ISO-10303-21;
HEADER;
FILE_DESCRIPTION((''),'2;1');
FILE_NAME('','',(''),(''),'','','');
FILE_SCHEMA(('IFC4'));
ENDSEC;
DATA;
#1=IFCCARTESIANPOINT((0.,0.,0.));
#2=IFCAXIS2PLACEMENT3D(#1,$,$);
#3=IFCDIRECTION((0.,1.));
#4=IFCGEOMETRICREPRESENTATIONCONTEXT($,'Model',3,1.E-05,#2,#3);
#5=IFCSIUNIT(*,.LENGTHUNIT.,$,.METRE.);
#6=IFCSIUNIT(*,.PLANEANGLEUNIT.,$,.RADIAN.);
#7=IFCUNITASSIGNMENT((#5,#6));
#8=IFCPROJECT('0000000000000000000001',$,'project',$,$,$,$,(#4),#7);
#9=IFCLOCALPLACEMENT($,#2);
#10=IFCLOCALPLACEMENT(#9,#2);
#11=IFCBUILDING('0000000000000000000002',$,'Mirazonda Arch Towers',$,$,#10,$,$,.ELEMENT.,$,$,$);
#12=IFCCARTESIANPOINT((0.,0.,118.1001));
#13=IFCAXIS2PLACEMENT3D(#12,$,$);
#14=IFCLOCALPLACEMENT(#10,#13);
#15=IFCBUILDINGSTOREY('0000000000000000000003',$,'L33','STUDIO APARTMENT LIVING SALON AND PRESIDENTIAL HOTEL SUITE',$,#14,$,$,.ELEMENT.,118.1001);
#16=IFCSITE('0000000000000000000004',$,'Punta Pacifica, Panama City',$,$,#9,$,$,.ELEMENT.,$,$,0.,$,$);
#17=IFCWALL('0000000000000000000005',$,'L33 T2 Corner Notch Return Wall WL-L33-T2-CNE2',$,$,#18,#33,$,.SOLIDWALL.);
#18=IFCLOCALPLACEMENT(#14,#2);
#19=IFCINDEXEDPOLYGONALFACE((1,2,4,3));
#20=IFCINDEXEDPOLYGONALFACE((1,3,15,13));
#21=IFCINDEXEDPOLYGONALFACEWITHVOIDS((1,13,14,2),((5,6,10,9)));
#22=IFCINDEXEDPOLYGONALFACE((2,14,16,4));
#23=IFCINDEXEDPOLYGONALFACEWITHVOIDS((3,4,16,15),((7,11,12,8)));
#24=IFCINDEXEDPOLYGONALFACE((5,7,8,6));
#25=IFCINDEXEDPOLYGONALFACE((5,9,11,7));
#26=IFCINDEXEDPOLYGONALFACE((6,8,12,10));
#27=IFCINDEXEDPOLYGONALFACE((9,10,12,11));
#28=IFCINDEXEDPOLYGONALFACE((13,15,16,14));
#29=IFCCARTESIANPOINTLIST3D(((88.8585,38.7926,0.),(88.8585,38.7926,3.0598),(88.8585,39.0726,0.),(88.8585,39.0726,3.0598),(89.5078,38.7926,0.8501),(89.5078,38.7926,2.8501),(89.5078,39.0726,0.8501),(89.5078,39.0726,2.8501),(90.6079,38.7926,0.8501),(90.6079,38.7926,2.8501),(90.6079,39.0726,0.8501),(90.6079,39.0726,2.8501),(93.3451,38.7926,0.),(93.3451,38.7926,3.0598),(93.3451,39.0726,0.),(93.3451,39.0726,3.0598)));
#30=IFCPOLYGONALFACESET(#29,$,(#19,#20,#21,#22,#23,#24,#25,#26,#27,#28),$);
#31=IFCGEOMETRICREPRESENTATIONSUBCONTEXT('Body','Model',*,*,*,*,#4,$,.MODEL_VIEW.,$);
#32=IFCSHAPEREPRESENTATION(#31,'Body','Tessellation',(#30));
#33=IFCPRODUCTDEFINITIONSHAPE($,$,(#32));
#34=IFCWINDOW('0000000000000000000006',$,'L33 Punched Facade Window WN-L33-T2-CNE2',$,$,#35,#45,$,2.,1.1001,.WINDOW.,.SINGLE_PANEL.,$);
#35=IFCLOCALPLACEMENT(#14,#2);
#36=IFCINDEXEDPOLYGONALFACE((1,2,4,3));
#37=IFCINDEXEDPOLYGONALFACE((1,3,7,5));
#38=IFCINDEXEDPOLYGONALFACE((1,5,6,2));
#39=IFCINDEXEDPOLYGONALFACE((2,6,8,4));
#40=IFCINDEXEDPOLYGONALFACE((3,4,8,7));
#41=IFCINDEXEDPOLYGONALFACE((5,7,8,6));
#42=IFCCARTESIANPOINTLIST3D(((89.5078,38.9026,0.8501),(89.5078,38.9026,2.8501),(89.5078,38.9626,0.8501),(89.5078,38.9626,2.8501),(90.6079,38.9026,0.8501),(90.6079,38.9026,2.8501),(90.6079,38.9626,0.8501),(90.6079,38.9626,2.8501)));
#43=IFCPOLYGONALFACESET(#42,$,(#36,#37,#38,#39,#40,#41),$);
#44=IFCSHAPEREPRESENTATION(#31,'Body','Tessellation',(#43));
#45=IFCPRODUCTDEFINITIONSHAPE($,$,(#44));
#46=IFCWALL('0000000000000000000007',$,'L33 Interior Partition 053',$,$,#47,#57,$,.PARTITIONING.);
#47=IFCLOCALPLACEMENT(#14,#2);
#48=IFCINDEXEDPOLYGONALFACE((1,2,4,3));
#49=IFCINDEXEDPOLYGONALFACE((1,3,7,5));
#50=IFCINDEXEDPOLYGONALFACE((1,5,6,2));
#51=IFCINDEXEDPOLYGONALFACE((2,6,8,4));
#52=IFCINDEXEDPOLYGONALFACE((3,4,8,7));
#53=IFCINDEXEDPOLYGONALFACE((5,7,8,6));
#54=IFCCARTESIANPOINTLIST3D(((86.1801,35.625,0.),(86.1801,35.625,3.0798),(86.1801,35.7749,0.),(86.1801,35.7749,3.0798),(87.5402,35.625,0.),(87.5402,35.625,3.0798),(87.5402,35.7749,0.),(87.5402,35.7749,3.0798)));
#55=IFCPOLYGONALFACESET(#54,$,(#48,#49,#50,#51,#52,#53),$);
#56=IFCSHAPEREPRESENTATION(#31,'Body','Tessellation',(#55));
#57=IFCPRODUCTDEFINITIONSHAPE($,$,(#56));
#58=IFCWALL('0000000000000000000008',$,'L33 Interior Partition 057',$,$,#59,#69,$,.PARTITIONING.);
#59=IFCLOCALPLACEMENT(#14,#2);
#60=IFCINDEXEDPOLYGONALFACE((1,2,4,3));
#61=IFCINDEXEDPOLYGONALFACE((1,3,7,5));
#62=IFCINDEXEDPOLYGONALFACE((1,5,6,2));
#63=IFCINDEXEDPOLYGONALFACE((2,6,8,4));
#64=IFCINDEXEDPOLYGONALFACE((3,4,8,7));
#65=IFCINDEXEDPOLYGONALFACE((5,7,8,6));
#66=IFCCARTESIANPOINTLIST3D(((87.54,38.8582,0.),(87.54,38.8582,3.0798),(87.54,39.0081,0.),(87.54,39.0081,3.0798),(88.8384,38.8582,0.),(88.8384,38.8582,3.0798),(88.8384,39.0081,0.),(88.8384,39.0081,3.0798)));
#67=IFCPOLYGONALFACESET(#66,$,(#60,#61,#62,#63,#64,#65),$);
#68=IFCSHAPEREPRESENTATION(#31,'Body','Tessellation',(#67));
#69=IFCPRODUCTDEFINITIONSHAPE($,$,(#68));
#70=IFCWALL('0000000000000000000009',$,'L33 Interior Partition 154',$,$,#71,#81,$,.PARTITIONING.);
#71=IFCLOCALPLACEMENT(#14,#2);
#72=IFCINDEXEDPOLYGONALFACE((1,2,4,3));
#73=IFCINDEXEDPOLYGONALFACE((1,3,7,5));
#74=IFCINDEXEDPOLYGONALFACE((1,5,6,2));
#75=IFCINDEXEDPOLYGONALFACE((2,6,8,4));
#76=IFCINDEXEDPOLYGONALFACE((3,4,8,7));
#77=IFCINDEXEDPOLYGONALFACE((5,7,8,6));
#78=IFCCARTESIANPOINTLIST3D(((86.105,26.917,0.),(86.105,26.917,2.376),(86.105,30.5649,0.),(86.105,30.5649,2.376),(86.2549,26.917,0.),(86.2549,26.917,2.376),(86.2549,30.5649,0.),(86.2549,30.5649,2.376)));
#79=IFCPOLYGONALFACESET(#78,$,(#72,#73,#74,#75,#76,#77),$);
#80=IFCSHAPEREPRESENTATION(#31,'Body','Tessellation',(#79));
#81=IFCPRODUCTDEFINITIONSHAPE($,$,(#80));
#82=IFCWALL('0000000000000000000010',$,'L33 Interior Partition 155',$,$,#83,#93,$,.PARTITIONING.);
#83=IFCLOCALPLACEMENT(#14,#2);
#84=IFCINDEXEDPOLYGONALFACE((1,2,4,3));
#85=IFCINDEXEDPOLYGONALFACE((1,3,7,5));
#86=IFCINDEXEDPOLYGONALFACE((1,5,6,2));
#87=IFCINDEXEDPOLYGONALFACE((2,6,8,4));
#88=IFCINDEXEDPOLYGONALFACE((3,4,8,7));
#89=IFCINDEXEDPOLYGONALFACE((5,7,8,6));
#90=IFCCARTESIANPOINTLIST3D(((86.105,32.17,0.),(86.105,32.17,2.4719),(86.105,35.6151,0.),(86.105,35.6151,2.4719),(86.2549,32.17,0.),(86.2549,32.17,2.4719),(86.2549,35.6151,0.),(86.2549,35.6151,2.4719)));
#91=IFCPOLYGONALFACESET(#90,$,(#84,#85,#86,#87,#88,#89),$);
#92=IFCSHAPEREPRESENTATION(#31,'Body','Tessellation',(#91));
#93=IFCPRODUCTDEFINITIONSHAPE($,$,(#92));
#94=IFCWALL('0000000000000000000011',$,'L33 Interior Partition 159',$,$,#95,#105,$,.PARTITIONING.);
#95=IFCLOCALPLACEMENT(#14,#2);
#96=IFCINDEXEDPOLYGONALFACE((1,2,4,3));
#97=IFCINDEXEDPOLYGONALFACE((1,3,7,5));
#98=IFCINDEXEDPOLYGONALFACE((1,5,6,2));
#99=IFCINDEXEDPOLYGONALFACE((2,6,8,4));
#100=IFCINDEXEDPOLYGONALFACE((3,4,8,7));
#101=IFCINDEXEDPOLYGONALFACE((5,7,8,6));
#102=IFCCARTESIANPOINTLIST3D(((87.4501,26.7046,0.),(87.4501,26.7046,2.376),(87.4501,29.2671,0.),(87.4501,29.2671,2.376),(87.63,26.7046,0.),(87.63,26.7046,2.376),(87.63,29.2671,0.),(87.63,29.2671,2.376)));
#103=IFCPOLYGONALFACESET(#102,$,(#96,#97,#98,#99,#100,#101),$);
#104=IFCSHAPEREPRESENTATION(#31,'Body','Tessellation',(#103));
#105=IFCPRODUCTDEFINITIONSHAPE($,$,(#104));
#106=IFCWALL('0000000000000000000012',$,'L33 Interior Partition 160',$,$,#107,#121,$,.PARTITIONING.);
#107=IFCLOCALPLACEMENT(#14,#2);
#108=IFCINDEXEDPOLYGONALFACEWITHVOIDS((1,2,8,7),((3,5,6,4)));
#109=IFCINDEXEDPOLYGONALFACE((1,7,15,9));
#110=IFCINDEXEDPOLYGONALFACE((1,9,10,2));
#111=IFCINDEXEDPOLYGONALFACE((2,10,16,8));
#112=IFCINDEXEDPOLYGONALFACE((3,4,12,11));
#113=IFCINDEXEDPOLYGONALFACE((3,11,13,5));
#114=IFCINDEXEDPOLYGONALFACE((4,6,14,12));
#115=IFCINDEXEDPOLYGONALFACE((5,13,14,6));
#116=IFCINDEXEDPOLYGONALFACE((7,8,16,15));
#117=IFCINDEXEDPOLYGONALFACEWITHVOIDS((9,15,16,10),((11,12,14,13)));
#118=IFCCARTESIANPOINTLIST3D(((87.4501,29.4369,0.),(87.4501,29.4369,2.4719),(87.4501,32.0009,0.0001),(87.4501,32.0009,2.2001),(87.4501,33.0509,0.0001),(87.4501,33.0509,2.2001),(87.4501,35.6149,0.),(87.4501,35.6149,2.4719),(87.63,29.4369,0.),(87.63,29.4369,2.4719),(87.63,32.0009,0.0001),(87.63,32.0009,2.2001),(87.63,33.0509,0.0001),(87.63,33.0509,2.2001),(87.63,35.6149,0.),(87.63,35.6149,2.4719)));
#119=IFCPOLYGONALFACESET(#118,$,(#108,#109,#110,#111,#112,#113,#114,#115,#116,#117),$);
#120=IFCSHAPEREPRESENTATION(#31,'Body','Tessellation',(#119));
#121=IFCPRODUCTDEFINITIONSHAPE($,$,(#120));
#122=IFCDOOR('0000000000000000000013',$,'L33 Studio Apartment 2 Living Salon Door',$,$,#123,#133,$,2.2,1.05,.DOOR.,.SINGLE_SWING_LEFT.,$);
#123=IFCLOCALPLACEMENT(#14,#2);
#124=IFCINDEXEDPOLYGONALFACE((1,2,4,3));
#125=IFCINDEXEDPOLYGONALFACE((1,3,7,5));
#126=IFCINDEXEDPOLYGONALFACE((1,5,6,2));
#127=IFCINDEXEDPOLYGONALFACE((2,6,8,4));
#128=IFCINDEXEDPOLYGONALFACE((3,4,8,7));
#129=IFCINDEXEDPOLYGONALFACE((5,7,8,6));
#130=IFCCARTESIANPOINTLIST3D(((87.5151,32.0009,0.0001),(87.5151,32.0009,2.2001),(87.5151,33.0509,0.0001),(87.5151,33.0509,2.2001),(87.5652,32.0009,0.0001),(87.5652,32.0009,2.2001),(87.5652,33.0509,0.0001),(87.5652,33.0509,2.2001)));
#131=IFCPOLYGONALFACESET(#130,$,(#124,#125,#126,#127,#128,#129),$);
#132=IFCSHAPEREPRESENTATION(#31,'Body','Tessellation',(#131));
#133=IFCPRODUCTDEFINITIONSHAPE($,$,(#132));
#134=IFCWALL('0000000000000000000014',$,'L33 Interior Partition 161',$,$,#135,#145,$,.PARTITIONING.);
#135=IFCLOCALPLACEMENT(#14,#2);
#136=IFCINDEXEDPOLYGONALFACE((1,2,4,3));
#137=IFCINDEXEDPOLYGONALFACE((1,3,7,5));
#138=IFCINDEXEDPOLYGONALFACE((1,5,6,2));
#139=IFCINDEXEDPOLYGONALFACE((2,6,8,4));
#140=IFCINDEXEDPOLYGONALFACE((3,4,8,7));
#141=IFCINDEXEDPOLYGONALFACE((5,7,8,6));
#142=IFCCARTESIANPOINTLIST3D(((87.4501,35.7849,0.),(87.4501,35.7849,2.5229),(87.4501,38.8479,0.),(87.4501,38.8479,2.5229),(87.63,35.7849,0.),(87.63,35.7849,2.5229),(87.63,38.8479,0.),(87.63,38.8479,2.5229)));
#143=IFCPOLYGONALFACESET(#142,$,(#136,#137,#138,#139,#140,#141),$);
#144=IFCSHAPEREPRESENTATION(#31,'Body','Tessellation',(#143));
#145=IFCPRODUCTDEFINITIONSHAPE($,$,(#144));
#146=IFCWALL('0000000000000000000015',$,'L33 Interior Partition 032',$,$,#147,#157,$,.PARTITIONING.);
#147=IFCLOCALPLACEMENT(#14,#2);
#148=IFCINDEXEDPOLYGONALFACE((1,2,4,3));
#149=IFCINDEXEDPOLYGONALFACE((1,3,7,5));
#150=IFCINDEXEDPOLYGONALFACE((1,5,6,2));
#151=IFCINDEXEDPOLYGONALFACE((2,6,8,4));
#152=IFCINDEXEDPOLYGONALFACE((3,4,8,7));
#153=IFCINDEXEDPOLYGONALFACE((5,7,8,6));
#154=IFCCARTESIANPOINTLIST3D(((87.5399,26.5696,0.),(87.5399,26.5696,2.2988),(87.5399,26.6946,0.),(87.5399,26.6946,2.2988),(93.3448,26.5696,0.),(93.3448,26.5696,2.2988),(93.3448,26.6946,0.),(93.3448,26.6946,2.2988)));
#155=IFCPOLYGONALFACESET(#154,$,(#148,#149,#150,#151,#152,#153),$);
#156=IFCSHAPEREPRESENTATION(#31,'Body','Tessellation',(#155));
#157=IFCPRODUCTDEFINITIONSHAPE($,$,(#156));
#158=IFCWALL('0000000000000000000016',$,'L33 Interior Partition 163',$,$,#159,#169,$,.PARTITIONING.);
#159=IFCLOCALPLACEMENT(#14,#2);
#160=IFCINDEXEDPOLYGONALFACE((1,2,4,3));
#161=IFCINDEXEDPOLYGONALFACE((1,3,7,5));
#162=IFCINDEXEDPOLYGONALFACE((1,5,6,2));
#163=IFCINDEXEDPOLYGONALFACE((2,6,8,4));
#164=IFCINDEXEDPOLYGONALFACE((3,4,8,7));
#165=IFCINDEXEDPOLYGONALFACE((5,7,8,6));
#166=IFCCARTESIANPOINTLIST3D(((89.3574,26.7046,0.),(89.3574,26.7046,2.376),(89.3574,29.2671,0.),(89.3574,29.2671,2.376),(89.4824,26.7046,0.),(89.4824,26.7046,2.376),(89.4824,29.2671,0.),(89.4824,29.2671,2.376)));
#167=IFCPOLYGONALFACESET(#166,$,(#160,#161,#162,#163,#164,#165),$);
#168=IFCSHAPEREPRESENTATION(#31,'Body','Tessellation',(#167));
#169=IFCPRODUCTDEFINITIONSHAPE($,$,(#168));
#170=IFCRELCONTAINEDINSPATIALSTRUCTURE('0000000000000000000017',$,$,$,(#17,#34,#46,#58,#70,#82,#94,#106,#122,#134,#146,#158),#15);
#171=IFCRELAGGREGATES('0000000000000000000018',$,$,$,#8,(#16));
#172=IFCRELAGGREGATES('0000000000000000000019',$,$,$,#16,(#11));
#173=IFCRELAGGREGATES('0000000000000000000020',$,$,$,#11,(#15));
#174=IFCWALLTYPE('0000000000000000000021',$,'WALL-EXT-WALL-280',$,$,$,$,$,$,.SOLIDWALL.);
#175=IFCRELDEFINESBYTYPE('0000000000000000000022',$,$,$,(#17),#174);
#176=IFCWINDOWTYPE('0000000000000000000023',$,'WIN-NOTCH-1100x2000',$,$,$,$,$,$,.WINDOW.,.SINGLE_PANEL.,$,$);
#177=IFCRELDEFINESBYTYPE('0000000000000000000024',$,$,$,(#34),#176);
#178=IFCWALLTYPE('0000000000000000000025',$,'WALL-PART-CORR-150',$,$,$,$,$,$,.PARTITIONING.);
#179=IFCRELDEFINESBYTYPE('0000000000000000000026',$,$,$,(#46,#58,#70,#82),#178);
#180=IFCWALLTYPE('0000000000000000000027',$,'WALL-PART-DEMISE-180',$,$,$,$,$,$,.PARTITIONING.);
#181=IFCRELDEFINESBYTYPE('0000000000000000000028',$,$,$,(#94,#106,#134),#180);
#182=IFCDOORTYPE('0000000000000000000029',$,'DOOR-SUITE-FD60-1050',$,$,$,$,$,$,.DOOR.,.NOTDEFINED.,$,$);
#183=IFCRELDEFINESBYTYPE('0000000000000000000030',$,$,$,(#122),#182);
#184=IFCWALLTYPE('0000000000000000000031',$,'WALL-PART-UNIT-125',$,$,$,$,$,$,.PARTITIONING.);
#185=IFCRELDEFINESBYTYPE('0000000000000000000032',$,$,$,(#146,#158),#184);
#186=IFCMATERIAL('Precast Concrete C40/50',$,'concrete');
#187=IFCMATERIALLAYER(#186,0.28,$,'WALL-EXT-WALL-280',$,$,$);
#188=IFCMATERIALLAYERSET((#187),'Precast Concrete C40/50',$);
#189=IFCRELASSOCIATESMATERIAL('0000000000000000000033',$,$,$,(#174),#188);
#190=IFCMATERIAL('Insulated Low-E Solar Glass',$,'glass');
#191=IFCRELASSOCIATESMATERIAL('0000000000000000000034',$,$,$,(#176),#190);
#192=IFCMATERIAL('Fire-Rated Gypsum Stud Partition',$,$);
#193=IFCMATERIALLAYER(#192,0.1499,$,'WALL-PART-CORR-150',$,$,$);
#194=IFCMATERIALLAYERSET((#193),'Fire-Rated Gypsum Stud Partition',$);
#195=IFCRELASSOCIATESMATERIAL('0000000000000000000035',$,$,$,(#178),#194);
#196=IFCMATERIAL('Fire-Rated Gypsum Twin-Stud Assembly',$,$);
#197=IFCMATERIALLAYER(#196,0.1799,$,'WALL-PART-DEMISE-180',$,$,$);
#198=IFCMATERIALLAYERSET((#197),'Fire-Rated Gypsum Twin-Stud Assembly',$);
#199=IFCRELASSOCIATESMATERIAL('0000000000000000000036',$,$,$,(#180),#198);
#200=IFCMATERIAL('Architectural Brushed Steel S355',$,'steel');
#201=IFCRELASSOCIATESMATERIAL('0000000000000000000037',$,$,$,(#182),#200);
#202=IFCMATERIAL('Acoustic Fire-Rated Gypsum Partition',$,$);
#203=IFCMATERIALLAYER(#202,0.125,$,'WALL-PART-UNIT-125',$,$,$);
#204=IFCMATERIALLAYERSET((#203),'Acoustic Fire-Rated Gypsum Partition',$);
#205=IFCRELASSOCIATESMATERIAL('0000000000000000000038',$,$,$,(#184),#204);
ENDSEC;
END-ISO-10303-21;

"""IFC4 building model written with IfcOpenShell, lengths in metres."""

from ifc_helpers import new_model, si_unit, direction, frame, frame_2d, origin, place, context, subcontext, project, spatial, rectangle, extrude, material, layer, layer_set, type_object, element, fill, save


model = new_model("IFC4")

# Units and contexts
model_context = context("Model", 3, precision=1e-05, world=origin(), true_north=direction((0.0, 1.0)))
body_context = subcontext(model_context, "Body", "Model", "MODEL_VIEW")
ifc_project = project(units=[si_unit("LENGTHUNIT", "METRE"), si_unit("PLANEANGLEUNIT", "RADIAN")], contexts=[model_context])

# Site, building, storey
site_placement = place(None, origin())
site = spatial("IfcSite", under=ifc_project, at=site_placement, Name="Punta Pacifica, Panama City", CompositionType="ELEMENT", RefElevation=0.0)
building_placement = place(site_placement, origin())
building = spatial("IfcBuilding", under=site, at=building_placement, Name="Mirazonda Arch Towers", CompositionType="ELEMENT")
storey_placement = place(building_placement, frame((0.0, 0.0, 118.1001)))
storey = spatial("IfcBuildingStorey", under=building, at=storey_placement, Name="L33", Description="STUDIO APARTMENT LIVING SALON AND PRESIDENTIAL HOTEL SUITE", CompositionType="ELEMENT", Elevation=118.1001)

# Shared definitions
ifc_material_1 = material(Name="Insulated Low-E Solar Glass", Category="glass")

# Wall, opening, window
ifc_material_2 = material(Name="Precast Concrete C40/50", Category="concrete")
ifc_layer_1 = layer(ifc_material_2, 0.28, Name="WALL-EXT-WALL-280")
ifc_layer_set_1 = layer_set([ifc_layer_1], Name="Precast Concrete C40/50")
wall_type_1 = type_object("IfcWallType", Name="WALL-EXT-WALL-280", PredefinedType="SOLIDWALL", material=ifc_layer_set_1)
window_type = type_object("IfcWindowType", Name="WIN-NOTCH-1100x2000", PartitioningType="SINGLE_PANEL", PredefinedType="WINDOW", material=ifc_material_1)
wall_1_placement = place(storey_placement, frame((93.345, 38.9326, 0.0), z_axis=(0.0, 0.0, 1.0), x_axis=(-1.0, 0.0, 0.0)))
wall_1 = element("IfcWall", 1, at=wall_1_placement, inside=storey, type_object=wall_type_1, Name="L33 T2 Corner Notch Return Wall WL-L33-T2-CNE2", PredefinedType="SOLIDWALL", context=body_context, shape_type="SweptSolid", body=[
    extrude(rectangle(XDim=4.4866, YDim=0.28, at=frame_2d((2.2432, 0.0))), origin(), (0.0, 0.0, 1.0), 3.0598),
])
opening_1_placement = place(wall_1_placement, frame((2.7371, 0.0, 0.8501)))
opening_1 = element("IfcOpeningElement", 2, at=opening_1_placement, cuts=wall_1, PredefinedType="OPENING", context=body_context, shape_type="SweptSolid", body=[
    extrude(rectangle(XDim=1.1001, YDim=2.0, at=frame_2d((0.55, 1.0))), frame((0.0, 0.1499, 0.0), z_axis=(0.0, -1.0, 0.0), x_axis=(1.0, 0.0, 0.0)), (0.0, 0.0, 1.0), 0.3),
])
window_1_placement = place(opening_1_placement, origin())
window_1 = element("IfcWindow", 3, at=window_1_placement, inside=storey, type_object=window_type, Name="L33 Punched Facade Window WN-L33-T2-CNE2", OverallHeight=2.0, OverallWidth=1.1001, PartitioningType="SINGLE_PANEL", PredefinedType="WINDOW", context=body_context, shape_type="SweptSolid", body=[
    extrude(rectangle(XDim=1.1001, YDim=2.0, at=frame_2d((0.55, 1.0))), frame((0.0, 0.03, 0.0), z_axis=(0.0, -1.0, 0.0), x_axis=(1.0, 0.0, 0.0)), (0.0, 0.0, 1.0), 0.0601),
])
fill(opening_1, window_1)

# Shared definitions
ifc_material_3 = material(Name="Fire-Rated Gypsum Stud Partition")
ifc_layer_2 = layer(ifc_material_3, 0.1499, Name="WALL-PART-CORR-150")
ifc_layer_set_2 = layer_set([ifc_layer_2], Name="Fire-Rated Gypsum Stud Partition")
wall_type_2 = type_object("IfcWallType", Name="WALL-PART-CORR-150", PredefinedType="PARTITIONING", material=ifc_layer_set_2)
ifc_material_4 = material(Name="Architectural Brushed Steel S355", Category="steel")

# Walls
wall_2_placement = place(storey_placement, frame((86.1799, 35.7, 0.0), z_axis=(0.0, 0.0, 1.0), x_axis=(1.0, 0.0, 0.0)))
element("IfcWall", 4, at=wall_2_placement, inside=storey, type_object=wall_type_2, Name="L33 Interior Partition 053", PredefinedType="PARTITIONING", context=body_context, shape_type="SweptSolid", body=[
    extrude(rectangle(XDim=1.3601, YDim=0.1499, at=frame_2d((0.6802, 0.0))), origin(), (0.0, 0.0, 1.0), 3.0798),
])
wall_3_placement = place(storey_placement, frame((87.54, 38.9331, 0.0), z_axis=(0.0, 0.0, 1.0), x_axis=(1.0, 0.0, 0.0)))
element("IfcWall", 5, at=wall_3_placement, inside=storey, type_object=wall_type_2, Name="L33 Interior Partition 057", PredefinedType="PARTITIONING", context=body_context, shape_type="SweptSolid", body=[
    extrude(rectangle(XDim=1.2983, YDim=0.1499, at=frame_2d((0.6492, 0.0))), origin(), (0.0, 0.0, 1.0), 3.0798),
])
wall_4_placement = place(storey_placement, frame((86.1799, 26.917, 0.0), z_axis=(0.0, 0.0, 1.0), x_axis=(0.0, 1.0, 0.0)))
element("IfcWall", 6, at=wall_4_placement, inside=storey, type_object=wall_type_2, Name="L33 Interior Partition 154", PredefinedType="PARTITIONING", context=body_context, shape_type="SweptSolid", body=[
    extrude(rectangle(XDim=3.6479, YDim=0.1499, at=frame_2d((1.824, 0.0))), origin(), (0.0, 0.0, 1.0), 2.376),
])
wall_5_placement = place(storey_placement, frame((86.1799, 32.1699, 0.0), z_axis=(0.0, 0.0, 1.0), x_axis=(0.0, 1.0, 0.0)))
element("IfcWall", 7, at=wall_5_placement, inside=storey, type_object=wall_type_2, Name="L33 Interior Partition 155", PredefinedType="PARTITIONING", context=body_context, shape_type="SweptSolid", body=[
    extrude(rectangle(XDim=3.4451, YDim=0.1499, at=frame_2d((1.7227, 0.0))), origin(), (0.0, 0.0, 1.0), 2.4719),
])
ifc_material_5 = material(Name="Fire-Rated Gypsum Twin-Stud Assembly")
ifc_layer_3 = layer(ifc_material_5, 0.1799, Name="WALL-PART-DEMISE-180")
ifc_layer_set_3 = layer_set([ifc_layer_3], Name="Fire-Rated Gypsum Twin-Stud Assembly")
wall_type_3 = type_object("IfcWallType", Name="WALL-PART-DEMISE-180", PredefinedType="PARTITIONING", material=ifc_layer_set_3)
wall_6_placement = place(storey_placement, frame((87.54, 26.7046, 0.0), z_axis=(0.0, 0.0, 1.0), x_axis=(0.0, 1.0, 0.0)))
element("IfcWall", 8, at=wall_6_placement, inside=storey, type_object=wall_type_3, Name="L33 Interior Partition 159", PredefinedType="PARTITIONING", context=body_context, shape_type="SweptSolid", body=[
    extrude(rectangle(XDim=2.5625, YDim=0.1799, at=frame_2d((1.2812, 0.0))), origin(), (0.0, 0.0, 1.0), 2.376),
])

# Wall, opening, door
wall_7_placement = place(storey_placement, frame((87.54, 29.437, 0.0), z_axis=(0.0, 0.0, 1.0), x_axis=(0.0, 1.0, 0.0)))
wall_7 = element("IfcWall", 9, at=wall_7_placement, inside=storey, type_object=wall_type_3, Name="L33 Interior Partition 160", PredefinedType="PARTITIONING", context=body_context, shape_type="SweptSolid", body=[
    extrude(rectangle(XDim=6.178, YDim=0.1799, at=frame_2d((3.0889, 0.0))), origin(), (0.0, 0.0, 1.0), 2.4719),
])
opening_2_placement = place(wall_7_placement, frame((2.564, 0.0, 0.0)))
opening_2 = element("IfcOpeningElement", 10, at=opening_2_placement, cuts=wall_7, PredefinedType="OPENING", context=body_context, shape_type="SweptSolid", body=[
    extrude(rectangle(XDim=1.05, YDim=2.2, at=frame_2d((0.5249, 1.1001))), frame((0.0, 0.0999, 0.0), z_axis=(0.0, -1.0, 0.0), x_axis=(1.0, 0.0, 0.0)), (0.0, 0.0, 1.0), 0.2),
])
door_type_1 = type_object("IfcDoorType", Name="DOOR-SUITE-FD60-1050", OperationType="NOTDEFINED", PredefinedType="DOOR", material=ifc_material_4)
door_1_placement = place(opening_2_placement, origin())
door_1 = element("IfcDoor", 11, at=door_1_placement, inside=storey, type_object=door_type_1, Name="L33 Studio Apartment 2 Living Salon Door", OperationType="SINGLE_SWING_LEFT", OverallHeight=2.2, OverallWidth=1.05, PredefinedType="DOOR", context=body_context, shape_type="SweptSolid", body=[
    extrude(rectangle(XDim=1.05, YDim=2.2, at=frame_2d((0.5249, 1.1001))), frame((0.0, 0.0249, 0.0), z_axis=(0.0, -1.0, 0.0), x_axis=(1.0, 0.0, 0.0)), (0.0, 0.0, 1.0), 0.05),
])
fill(opening_2, door_1)

# Walls
wall_8_placement = place(storey_placement, frame((87.54, 35.7849, 0.0), z_axis=(0.0, 0.0, 1.0), x_axis=(0.0, 1.0, 0.0)))
element("IfcWall", 12, at=wall_8_placement, inside=storey, type_object=wall_type_3, Name="L33 Interior Partition 161", PredefinedType="PARTITIONING", context=body_context, shape_type="SweptSolid", body=[
    extrude(rectangle(XDim=3.063, YDim=0.1799, at=frame_2d((1.5315, 0.0))), origin(), (0.0, 0.0, 1.0), 2.5229),
])
ifc_material_6 = material(Name="Acoustic Fire-Rated Gypsum Partition")
ifc_layer_4 = layer(ifc_material_6, 0.125, Name="WALL-PART-UNIT-125")
ifc_layer_set_4 = layer_set([ifc_layer_4], Name="Acoustic Fire-Rated Gypsum Partition")
wall_type_4 = type_object("IfcWallType", Name="WALL-PART-UNIT-125", PredefinedType="PARTITIONING", material=ifc_layer_set_4)
wall_9_placement = place(storey_placement, frame((87.54, 26.6321, 0.0), z_axis=(0.0, 0.0, 1.0), x_axis=(1.0, 0.0, 0.0)))
element("IfcWall", 13, at=wall_9_placement, inside=storey, type_object=wall_type_4, Name="L33 Interior Partition 032", PredefinedType="PARTITIONING", context=body_context, shape_type="SweptSolid", body=[
    extrude(rectangle(XDim=5.8049, YDim=0.125, at=frame_2d((2.9023, 0.0))), origin(), (0.0, 0.0, 1.0), 2.2988),
])
wall_10_placement = place(storey_placement, frame((89.4199, 26.7046, 0.0), z_axis=(0.0, 0.0, 1.0), x_axis=(0.0, 1.0, 0.0)))
element("IfcWall", 14, at=wall_10_placement, inside=storey, type_object=wall_type_4, Name="L33 Interior Partition 163", PredefinedType="PARTITIONING", context=body_context, shape_type="SweptSolid", body=[
    extrude(rectangle(XDim=2.5625, YDim=0.125, at=frame_2d((1.2812, 0.0))), origin(), (0.0, 0.0, 1.0), 2.376),
])

save(model, "model.ifc")
